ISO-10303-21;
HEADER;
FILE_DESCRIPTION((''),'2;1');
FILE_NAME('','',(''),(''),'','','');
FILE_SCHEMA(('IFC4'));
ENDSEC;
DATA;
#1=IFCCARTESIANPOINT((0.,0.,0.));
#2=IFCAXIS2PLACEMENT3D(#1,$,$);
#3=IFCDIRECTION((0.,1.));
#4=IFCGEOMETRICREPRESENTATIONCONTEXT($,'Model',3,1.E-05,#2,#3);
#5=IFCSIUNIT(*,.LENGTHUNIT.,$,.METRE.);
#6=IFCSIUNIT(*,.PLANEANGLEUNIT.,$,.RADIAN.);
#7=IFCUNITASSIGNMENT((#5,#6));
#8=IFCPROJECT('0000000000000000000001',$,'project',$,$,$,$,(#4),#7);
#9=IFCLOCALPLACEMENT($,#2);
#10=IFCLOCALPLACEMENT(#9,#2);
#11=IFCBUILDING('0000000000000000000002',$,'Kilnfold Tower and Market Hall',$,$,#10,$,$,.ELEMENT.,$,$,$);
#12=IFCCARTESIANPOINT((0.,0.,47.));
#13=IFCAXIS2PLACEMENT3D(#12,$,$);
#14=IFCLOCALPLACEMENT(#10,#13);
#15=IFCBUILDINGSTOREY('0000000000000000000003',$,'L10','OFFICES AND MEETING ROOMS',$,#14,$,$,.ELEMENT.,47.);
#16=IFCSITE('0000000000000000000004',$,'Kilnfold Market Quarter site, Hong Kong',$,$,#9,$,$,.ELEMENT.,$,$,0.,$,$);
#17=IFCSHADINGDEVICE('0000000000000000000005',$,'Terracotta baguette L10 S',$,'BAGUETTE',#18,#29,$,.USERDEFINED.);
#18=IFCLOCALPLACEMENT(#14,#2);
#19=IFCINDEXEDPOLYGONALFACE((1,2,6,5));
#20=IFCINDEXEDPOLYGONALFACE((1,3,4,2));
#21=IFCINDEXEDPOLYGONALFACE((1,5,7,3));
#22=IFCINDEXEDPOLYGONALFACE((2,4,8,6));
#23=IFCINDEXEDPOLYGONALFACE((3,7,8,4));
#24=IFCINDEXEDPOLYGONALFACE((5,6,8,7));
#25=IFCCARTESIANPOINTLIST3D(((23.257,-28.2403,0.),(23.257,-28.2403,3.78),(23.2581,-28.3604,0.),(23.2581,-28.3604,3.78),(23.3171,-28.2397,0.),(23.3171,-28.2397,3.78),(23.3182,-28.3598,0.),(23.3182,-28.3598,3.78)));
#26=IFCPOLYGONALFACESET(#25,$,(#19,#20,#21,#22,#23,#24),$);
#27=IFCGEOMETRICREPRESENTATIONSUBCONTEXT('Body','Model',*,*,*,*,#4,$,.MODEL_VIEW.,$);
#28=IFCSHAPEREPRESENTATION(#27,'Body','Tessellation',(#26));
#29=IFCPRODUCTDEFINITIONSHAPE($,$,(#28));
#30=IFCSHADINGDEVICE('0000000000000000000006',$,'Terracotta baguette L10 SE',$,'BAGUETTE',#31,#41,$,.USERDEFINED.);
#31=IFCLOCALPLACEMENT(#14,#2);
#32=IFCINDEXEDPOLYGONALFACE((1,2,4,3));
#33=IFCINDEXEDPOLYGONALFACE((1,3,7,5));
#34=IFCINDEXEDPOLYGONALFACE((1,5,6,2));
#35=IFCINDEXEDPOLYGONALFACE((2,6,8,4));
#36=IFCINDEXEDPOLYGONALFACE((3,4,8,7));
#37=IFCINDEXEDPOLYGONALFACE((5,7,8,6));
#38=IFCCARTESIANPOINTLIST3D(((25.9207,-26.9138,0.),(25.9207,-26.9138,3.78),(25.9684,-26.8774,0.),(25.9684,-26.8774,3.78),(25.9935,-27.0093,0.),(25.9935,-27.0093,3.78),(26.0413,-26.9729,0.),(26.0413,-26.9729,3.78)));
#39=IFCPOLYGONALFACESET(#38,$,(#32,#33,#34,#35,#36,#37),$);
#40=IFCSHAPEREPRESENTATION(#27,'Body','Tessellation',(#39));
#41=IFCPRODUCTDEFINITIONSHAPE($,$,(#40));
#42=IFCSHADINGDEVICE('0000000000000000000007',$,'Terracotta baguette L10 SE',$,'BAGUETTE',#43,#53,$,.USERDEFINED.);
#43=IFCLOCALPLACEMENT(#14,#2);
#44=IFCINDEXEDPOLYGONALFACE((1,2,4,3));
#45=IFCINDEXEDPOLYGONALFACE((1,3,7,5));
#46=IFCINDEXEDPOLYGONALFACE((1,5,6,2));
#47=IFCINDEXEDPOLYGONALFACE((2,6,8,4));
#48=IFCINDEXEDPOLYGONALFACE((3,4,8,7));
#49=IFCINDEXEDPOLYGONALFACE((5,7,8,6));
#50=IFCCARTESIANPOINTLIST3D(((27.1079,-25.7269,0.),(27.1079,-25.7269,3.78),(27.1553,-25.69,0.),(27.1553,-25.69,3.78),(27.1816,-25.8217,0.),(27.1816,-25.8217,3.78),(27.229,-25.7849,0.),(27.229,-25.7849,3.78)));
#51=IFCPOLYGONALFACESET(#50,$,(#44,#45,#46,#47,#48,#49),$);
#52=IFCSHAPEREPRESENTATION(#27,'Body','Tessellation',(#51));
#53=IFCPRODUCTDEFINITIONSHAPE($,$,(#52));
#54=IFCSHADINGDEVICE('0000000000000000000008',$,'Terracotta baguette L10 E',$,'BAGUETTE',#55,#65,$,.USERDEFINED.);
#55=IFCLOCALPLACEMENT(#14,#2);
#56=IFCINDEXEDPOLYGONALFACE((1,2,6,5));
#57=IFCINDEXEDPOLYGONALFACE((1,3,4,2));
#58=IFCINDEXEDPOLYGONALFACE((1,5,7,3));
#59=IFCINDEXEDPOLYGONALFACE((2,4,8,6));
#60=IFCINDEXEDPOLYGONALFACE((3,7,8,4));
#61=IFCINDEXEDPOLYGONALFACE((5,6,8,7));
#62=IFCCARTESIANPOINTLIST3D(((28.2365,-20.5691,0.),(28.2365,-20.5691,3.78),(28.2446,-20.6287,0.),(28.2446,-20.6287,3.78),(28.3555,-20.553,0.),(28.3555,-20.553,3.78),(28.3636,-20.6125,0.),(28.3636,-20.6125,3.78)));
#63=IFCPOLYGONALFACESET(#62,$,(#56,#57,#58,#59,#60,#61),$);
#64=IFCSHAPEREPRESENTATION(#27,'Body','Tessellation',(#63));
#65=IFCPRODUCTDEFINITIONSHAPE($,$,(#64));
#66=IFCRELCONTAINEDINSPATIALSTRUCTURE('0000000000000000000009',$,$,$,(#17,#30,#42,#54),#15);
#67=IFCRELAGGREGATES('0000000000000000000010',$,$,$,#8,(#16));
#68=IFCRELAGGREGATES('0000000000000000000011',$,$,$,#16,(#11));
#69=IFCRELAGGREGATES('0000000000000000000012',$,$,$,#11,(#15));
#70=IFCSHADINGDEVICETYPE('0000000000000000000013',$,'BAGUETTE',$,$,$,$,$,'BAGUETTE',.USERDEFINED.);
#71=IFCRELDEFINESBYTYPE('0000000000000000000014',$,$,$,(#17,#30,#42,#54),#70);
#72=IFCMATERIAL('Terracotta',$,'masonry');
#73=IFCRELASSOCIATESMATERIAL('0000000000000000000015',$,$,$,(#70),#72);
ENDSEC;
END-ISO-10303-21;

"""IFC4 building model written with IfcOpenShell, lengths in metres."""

from ifc_helpers import new_model, si_unit, direction, frame, origin, origin_2d, place, context, subcontext, project, spatial, rectangle, extrude, source, transform, mapped, material, material_profile, profile_set, type_object, element, save


model = new_model("IFC4")

# Units and contexts
model_context = context("Model", 3, precision=1e-05, world=origin(), true_north=direction((0.0, 1.0)))
body_context = subcontext(model_context, "Body", "Model", "MODEL_VIEW")
ifc_project = project(units=[si_unit("LENGTHUNIT", "METRE"), si_unit("PLANEANGLEUNIT", "RADIAN")], contexts=[model_context])

# Site, building, storey
site_placement = place(None, origin())
site = spatial("IfcSite", under=ifc_project, at=site_placement, Name="Kilnfold Market Quarter site, Hong Kong", CompositionType="ELEMENT", RefElevation=0.0)
building_placement = place(site_placement, origin())
building = spatial("IfcBuilding", under=site, at=building_placement, Name="Kilnfold Tower and Market Hall", CompositionType="ELEMENT")
storey_placement = place(building_placement, frame((0.0, 0.0, 47.0)))
storey = spatial("IfcBuildingStorey", under=building, at=storey_placement, Name="L10", Description="OFFICES AND MEETING ROOMS", CompositionType="ELEMENT", Elevation=47.0)

# Shading devices
ifc_material_1 = material(Name="Terracotta", Category="masonry")
ifc_material_profile_1 = material_profile(ifc_material_1, rectangle(XDim=0.0601, YDim=0.1201, at=origin_2d()), Name="BAG 60x120")
ifc_profile_set_1 = profile_set([ifc_material_profile_1], Name="Terracotta")
shading_device_type = type_object("IfcShadingDeviceType", Name="BAGUETTE", ElementType="BAGUETTE", PredefinedType="USERDEFINED", material=ifc_profile_set_1)
shared_shape_1 = source(origin(), body_context, "Body", "SweptSolid", [
    extrude(rectangle(XDim=0.0601, YDim=0.1201, at=origin_2d()), origin(), (0.0, 0.0, 1.0), 3.78),
])
for number, where, z_axis, x_axis, name in (
    (1, (23.2876, -28.3, 0.0), (0.0, 0.0, 1.0), (0.999957, 0.009299, 0.0), "Terracotta baguette L10 S"),
    (2, (25.981, -26.9434, 0.0), (0.0, 0.0, 1.0), (0.795161, 0.606398, 0.0), "Terracotta baguette L10 SE"),
    (3, (27.1685, -25.7559, 0.0), (0.0, 0.0, 1.0), (0.789598, 0.613624, 0.0), "Terracotta baguette L10 SE"),
    (4, (28.3, -20.5908, 0.0), (0.0, 0.0, 1.0), (-0.134559, 0.990906, 0.0), "Terracotta baguette L10 E"),
):
    element("IfcShadingDevice", number, at=place(storey_placement, frame(where, z_axis=z_axis, x_axis=x_axis)), inside=storey, type_object=shading_device_type, Name=name, ObjectType="BAGUETTE", PredefinedType="USERDEFINED", context=body_context, shape_type="MappedRepresentation", body=[
        mapped(shared_shape_1, transform((0.0, 0.0, 0.0))),
    ])

save(model, "model.ifc")
